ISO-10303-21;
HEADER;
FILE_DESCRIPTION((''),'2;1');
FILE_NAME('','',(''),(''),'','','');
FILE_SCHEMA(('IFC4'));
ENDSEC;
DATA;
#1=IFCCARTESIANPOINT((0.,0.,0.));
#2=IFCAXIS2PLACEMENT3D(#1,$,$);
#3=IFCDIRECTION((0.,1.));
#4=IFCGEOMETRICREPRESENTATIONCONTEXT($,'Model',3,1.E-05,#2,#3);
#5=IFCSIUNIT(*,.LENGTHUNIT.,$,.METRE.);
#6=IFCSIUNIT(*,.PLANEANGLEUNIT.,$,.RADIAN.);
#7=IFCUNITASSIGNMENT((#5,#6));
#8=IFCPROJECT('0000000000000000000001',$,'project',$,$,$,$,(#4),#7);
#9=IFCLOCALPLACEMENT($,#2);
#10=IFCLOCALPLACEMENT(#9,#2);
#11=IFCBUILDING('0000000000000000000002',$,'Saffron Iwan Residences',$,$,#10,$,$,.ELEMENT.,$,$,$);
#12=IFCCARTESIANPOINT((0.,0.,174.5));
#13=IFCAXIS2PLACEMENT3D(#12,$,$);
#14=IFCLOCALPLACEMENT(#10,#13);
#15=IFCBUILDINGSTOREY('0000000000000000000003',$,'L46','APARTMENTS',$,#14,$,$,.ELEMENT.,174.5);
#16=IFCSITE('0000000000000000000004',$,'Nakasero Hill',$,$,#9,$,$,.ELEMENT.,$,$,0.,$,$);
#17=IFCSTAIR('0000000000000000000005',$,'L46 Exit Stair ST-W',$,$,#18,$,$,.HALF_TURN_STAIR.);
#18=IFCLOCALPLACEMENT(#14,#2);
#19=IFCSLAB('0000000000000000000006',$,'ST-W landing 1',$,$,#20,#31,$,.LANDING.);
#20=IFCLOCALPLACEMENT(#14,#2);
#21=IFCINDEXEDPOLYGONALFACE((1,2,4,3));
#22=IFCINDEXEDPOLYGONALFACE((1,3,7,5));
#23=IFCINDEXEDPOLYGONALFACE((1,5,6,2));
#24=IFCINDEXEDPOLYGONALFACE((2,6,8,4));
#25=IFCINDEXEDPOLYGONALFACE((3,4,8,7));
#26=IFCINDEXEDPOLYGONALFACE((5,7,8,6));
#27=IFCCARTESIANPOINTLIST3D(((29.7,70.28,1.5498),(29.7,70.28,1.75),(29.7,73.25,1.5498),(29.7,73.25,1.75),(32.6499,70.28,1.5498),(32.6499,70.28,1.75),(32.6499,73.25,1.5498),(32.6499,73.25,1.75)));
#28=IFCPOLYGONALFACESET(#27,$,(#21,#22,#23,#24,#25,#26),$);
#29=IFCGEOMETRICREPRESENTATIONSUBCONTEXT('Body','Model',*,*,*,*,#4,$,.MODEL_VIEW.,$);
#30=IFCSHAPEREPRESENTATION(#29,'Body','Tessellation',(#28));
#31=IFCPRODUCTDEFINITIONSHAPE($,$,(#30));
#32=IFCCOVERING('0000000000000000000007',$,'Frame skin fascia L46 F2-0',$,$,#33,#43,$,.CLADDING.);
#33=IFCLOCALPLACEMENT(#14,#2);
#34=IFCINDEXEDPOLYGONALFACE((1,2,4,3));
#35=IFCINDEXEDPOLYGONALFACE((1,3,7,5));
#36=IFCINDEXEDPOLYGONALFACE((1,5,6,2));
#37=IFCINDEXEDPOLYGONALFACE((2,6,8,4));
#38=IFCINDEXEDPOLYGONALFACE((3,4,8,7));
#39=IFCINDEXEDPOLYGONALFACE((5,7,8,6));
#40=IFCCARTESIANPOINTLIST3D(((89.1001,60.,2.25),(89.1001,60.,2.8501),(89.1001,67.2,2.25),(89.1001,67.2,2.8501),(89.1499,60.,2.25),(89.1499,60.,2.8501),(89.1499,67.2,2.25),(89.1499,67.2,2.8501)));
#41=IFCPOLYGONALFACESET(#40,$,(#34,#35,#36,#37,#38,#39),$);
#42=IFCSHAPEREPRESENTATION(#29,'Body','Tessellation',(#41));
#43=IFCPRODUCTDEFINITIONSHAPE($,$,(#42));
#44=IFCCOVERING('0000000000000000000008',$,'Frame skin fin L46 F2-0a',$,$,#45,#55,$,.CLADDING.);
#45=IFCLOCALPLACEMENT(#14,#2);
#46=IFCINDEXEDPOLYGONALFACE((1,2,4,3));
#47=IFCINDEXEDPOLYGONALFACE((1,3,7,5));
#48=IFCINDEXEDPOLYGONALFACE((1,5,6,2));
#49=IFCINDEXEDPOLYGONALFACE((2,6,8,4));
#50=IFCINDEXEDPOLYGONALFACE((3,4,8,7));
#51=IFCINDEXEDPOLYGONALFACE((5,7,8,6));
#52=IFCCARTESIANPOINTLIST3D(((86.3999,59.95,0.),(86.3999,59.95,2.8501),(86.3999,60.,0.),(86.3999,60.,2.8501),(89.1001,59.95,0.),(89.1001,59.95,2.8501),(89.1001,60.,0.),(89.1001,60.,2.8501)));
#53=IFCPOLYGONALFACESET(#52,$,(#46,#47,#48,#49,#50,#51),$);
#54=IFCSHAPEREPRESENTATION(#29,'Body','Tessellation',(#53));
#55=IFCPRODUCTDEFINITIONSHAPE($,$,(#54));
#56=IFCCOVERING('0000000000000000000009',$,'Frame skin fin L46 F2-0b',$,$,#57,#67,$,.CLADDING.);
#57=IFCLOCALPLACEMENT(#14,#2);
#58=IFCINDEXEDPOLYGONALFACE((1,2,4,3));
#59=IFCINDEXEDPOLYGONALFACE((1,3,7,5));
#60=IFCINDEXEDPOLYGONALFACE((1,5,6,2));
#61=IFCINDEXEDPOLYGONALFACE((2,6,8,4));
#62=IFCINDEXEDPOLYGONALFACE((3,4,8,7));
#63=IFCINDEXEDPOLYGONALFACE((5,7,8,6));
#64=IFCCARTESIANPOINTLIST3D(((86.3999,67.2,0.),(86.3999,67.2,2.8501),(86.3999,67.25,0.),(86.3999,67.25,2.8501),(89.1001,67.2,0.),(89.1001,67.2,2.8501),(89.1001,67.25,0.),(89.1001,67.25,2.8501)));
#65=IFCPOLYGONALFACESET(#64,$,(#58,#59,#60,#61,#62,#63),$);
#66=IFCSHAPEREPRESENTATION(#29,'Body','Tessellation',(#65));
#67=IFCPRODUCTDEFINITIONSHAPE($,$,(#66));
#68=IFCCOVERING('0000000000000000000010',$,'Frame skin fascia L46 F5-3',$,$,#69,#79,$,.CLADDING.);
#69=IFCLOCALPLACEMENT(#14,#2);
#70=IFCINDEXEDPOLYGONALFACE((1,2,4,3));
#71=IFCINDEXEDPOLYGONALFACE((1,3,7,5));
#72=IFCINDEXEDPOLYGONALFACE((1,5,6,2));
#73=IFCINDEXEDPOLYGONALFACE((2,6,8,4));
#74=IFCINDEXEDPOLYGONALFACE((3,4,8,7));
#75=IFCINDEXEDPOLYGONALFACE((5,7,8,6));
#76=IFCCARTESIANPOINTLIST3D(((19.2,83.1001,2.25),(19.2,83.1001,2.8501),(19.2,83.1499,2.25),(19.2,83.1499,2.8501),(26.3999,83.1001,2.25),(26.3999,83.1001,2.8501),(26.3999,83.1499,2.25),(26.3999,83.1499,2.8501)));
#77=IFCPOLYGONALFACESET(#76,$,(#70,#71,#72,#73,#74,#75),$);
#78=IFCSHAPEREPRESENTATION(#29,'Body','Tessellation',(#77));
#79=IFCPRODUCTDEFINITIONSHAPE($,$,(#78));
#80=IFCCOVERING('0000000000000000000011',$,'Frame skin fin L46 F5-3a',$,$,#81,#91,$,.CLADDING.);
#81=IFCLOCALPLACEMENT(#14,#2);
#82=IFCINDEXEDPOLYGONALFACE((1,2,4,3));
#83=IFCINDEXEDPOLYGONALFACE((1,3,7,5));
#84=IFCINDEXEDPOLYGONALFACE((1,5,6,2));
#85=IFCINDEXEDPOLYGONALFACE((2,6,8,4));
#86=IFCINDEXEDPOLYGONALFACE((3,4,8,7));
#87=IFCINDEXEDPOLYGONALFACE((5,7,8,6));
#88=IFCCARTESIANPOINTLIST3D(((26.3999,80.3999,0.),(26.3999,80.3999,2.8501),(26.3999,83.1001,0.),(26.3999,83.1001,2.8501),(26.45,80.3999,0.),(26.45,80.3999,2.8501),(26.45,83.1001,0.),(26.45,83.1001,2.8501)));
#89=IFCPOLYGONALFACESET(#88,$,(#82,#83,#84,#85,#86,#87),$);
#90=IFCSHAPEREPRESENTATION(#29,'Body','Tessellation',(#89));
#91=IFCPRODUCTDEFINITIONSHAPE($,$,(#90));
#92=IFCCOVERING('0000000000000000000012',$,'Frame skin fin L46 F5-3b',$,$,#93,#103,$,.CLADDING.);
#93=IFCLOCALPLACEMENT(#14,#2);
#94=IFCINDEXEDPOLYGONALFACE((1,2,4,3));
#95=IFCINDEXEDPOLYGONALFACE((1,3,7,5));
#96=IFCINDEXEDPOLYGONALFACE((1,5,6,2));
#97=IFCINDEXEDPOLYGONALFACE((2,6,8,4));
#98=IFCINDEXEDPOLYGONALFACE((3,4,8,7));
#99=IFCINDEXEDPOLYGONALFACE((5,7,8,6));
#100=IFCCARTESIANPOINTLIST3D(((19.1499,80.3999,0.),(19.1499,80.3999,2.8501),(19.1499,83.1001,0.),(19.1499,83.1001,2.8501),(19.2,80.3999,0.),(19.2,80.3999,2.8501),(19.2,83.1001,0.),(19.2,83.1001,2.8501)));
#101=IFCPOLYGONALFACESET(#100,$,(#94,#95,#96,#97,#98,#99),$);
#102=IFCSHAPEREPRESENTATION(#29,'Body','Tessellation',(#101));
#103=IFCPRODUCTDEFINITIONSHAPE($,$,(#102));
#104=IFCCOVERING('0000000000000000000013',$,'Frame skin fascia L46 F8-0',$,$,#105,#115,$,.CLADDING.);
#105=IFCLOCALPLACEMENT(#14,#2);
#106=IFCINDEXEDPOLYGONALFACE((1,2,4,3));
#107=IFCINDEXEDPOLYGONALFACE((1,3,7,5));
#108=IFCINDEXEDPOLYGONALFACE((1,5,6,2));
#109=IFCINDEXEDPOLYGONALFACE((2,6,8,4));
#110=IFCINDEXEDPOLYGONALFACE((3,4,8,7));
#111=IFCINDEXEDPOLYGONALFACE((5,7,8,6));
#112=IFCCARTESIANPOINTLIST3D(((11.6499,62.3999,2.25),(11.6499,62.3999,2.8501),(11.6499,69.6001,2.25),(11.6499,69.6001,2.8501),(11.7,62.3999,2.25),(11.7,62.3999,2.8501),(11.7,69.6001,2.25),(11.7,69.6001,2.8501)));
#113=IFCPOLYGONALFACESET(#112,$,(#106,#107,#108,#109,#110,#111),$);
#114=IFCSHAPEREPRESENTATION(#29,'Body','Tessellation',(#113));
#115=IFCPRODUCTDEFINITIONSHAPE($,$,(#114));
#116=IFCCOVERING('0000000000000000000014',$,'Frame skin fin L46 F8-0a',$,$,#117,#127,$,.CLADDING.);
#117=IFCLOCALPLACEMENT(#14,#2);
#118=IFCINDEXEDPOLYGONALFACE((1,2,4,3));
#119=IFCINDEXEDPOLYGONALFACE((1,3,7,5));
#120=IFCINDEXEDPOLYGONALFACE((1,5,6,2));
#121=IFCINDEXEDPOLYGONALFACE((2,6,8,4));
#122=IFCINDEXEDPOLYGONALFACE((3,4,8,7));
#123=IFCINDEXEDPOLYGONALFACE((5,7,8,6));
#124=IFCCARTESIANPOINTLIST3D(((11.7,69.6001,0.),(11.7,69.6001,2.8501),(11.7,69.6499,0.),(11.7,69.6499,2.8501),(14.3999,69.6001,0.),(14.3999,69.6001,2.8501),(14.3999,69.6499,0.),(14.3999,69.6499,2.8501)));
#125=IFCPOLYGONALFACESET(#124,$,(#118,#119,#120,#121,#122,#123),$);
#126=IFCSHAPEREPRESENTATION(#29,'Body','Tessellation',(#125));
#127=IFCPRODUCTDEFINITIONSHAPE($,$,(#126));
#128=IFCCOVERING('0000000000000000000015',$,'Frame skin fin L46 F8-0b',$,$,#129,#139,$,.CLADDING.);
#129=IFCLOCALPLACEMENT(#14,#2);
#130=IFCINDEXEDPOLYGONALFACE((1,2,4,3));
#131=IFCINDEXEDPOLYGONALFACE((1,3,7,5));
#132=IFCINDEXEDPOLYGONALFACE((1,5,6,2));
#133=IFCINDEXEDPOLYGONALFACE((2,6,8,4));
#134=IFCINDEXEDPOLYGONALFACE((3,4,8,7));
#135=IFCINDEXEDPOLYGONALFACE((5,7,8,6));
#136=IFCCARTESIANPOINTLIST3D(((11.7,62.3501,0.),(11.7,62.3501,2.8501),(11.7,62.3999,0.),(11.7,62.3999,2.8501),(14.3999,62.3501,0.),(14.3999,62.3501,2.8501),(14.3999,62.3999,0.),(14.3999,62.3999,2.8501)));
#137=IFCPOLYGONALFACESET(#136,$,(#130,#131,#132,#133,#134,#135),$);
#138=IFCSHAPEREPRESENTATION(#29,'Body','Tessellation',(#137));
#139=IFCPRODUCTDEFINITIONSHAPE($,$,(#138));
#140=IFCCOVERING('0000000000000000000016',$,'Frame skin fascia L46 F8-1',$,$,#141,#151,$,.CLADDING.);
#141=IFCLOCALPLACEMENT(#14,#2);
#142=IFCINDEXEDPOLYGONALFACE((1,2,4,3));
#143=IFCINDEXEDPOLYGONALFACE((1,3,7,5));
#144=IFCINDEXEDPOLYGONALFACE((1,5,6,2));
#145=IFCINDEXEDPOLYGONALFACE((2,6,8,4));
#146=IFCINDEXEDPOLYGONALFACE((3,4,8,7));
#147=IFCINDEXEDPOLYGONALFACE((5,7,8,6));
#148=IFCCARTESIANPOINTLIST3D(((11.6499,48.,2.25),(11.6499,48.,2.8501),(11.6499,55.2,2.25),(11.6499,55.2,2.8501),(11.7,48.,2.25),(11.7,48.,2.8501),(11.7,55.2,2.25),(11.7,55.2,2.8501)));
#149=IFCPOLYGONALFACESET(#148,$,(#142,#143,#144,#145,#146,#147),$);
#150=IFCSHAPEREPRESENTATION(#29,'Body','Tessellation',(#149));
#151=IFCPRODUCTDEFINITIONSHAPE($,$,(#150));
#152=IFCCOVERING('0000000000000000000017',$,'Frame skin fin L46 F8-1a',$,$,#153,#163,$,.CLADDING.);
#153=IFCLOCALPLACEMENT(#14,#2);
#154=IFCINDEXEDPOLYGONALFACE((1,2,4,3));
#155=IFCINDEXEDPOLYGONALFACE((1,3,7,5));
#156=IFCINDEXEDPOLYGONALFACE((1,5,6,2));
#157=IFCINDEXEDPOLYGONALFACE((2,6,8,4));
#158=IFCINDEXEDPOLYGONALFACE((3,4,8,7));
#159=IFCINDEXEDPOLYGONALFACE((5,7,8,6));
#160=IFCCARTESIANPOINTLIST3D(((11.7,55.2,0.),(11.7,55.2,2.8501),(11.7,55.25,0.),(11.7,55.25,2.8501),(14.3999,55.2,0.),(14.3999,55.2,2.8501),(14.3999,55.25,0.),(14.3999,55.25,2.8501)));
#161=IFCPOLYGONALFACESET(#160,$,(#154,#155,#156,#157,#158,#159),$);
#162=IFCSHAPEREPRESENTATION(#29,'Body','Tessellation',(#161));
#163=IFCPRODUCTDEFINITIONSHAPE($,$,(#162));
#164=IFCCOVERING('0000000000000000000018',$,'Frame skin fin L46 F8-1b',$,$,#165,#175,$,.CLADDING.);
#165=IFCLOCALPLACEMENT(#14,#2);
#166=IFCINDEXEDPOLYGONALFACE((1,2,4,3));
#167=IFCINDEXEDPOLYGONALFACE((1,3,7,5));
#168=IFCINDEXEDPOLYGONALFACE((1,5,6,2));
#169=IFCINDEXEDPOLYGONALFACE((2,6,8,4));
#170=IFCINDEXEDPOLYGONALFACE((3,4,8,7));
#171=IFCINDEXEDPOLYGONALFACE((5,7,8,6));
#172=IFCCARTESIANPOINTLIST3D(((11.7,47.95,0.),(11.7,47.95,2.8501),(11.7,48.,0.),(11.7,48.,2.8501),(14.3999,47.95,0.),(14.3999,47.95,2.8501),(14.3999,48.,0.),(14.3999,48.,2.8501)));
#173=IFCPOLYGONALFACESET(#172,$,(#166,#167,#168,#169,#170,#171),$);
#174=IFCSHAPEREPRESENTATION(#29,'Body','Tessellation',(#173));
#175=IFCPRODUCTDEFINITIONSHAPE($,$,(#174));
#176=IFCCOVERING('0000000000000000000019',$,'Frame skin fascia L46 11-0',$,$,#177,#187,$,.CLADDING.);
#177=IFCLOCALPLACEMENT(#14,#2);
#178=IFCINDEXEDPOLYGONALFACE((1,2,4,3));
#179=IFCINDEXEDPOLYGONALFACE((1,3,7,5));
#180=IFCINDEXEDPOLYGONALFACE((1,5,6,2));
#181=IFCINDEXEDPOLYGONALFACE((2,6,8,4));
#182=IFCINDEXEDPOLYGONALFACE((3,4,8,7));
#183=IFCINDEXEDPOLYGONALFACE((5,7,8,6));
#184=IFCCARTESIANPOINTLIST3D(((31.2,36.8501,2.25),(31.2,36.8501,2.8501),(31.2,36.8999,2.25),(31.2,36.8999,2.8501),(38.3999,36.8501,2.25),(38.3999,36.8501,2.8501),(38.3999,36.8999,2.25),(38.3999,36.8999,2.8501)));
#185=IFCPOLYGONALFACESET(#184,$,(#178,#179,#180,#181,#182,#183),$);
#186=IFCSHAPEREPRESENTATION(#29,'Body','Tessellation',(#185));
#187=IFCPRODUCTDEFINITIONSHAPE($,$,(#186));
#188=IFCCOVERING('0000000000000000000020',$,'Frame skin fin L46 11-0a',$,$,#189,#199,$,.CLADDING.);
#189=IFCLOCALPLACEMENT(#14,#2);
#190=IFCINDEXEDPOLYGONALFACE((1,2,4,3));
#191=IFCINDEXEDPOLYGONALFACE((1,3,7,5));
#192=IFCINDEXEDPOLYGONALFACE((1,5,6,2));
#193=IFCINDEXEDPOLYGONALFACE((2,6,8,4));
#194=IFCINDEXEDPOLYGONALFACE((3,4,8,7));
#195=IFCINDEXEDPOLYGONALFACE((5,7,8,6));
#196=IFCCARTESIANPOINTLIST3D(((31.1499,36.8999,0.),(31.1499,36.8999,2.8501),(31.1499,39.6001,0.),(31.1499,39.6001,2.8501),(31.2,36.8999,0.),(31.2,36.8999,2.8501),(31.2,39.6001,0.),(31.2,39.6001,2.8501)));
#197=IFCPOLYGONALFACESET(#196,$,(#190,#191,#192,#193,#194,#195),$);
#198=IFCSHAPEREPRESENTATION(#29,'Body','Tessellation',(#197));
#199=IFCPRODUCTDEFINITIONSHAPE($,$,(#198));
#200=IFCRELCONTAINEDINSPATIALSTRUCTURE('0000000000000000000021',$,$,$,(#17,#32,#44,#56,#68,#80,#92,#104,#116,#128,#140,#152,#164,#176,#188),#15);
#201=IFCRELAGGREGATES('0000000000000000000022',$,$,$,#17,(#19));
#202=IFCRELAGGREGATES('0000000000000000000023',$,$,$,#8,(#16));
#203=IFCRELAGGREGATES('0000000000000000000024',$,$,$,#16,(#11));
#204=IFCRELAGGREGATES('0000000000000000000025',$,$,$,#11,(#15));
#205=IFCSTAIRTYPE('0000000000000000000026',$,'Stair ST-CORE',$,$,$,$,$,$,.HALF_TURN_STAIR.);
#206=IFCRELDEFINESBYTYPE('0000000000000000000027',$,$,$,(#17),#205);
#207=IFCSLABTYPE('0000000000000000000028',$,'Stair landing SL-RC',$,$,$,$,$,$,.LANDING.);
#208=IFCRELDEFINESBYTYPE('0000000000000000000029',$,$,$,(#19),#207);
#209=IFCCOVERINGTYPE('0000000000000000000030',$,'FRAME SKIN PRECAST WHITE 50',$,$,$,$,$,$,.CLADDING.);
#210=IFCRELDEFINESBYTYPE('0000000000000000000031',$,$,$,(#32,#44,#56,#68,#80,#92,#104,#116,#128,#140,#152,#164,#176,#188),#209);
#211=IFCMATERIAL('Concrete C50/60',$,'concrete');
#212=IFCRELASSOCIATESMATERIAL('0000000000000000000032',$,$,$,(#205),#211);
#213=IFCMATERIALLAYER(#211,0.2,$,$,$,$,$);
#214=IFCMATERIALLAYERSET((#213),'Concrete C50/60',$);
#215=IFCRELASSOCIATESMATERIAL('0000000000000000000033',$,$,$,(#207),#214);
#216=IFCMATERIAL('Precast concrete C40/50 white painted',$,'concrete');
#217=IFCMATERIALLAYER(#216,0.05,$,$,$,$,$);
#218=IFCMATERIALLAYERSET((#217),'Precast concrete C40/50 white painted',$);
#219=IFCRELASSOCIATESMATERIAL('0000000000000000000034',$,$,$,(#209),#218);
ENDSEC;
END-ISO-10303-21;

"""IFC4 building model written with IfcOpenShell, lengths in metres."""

from ifc_helpers import new_model, si_unit, direction, frame, origin, place, context, subcontext, project, spatial, polyline, outline, extrude, material, layer, layer_set, type_object, element, aggregate, save


model = new_model("IFC4")

# Units and contexts
model_context = context("Model", 3, precision=1e-05, world=origin(), true_north=direction((0.0, 1.0)))
body_context = subcontext(model_context, "Body", "Model", "MODEL_VIEW")
ifc_project = project(units=[si_unit("LENGTHUNIT", "METRE"), si_unit("PLANEANGLEUNIT", "RADIAN")], contexts=[model_context])

# Site, building, storey
site_placement = place(None, origin())
site = spatial("IfcSite", under=ifc_project, at=site_placement, Name="Nakasero Hill", CompositionType="ELEMENT", RefElevation=0.0)
building_placement = place(site_placement, origin())
building = spatial("IfcBuilding", under=site, at=building_placement, Name="Saffron Iwan Residences", CompositionType="ELEMENT")
storey_placement = place(building_placement, frame((0.0, 0.0, 174.5)))
storey = spatial("IfcBuildingStorey", under=building, at=storey_placement, Name="L46", Description="APARTMENTS", CompositionType="ELEMENT", Elevation=174.5)

# Stair, slab
ifc_material_1 = material(Name="Concrete C50/60", Category="concrete")
stair_type = type_object("IfcStairType", Name="Stair ST-CORE", PredefinedType="HALF_TURN_STAIR", material=ifc_material_1)
stair_placement = place(storey_placement, origin())
stair = element("IfcStair", 1, at=stair_placement, inside=storey, type_object=stair_type, Name="L46 Exit Stair ST-W", PredefinedType="HALF_TURN_STAIR")
ifc_layer_1 = layer(ifc_material_1, 0.2)
ifc_layer_set_1 = layer_set([ifc_layer_1], Name="Concrete C50/60")
slab_type = type_object("IfcSlabType", Name="Stair landing SL-RC", PredefinedType="LANDING", material=ifc_layer_set_1)
slab_placement = place(storey_placement, frame((0.0, 0.0, 1.5498)))
slab = element("IfcSlab", 2, at=slab_placement, type_object=slab_type, Name="ST-W landing 1", PredefinedType="LANDING", context=body_context, shape_type="SweptSolid", body=[
    extrude(outline(polyline([(32.6499, 70.28), (32.6499, 73.25), (29.7, 73.25), (29.7, 70.28), (32.6499, 70.28)])), origin(), (0.0, 0.0, 1.0), 0.2002),
])
aggregate(stair, [slab])

# Coverings
ifc_material_2 = material(Name="Precast concrete C40/50 white painted", Category="concrete")
ifc_layer_2 = layer(ifc_material_2, 0.05)
ifc_layer_set_2 = layer_set([ifc_layer_2], Name="Precast concrete C40/50 white painted")
covering_type_1 = type_object("IfcCoveringType", Name="FRAME SKIN PRECAST WHITE 50", PredefinedType="CLADDING", material=ifc_layer_set_2)
covering_1_placement = place(storey_placement, frame((0.0, 0.0, 2.25)))
element("IfcCovering", 3, at=covering_1_placement, inside=storey, type_object=covering_type_1, Name="Frame skin fascia L46 F2-0", PredefinedType="CLADDING", context=body_context, shape_type="SweptSolid", body=[
    extrude(outline(polyline([(89.1499, 60.0), (89.1499, 67.2), (89.1001, 67.2), (89.1001, 60.0), (89.1499, 60.0)])), origin(), (0.0, 0.0, 1.0), 0.6001),
])
covering_2_placement = place(storey_placement, origin())
element("IfcCovering", 4, at=covering_2_placement, inside=storey, type_object=covering_type_1, Name="Frame skin fin L46 F2-0a", PredefinedType="CLADDING", context=body_context, shape_type="SweptSolid", body=[
    extrude(outline(polyline([(89.1001, 59.95), (89.1001, 60.0), (86.3999, 60.0), (86.3999, 59.95), (89.1001, 59.95)])), origin(), (0.0, 0.0, 1.0), 2.8501),
])
covering_3_placement = place(storey_placement, origin())
element("IfcCovering", 5, at=covering_3_placement, inside=storey, type_object=covering_type_1, Name="Frame skin fin L46 F2-0b", PredefinedType="CLADDING", context=body_context, shape_type="SweptSolid", body=[
    extrude(outline(polyline([(89.1001, 67.2), (89.1001, 67.25), (86.3999, 67.25), (86.3999, 67.2), (89.1001, 67.2)])), origin(), (0.0, 0.0, 1.0), 2.8501),
])
covering_4_placement = place(storey_placement, frame((0.0, 0.0, 2.25)))
element("IfcCovering", 6, at=covering_4_placement, inside=storey, type_object=covering_type_1, Name="Frame skin fascia L46 F5-3", PredefinedType="CLADDING", context=body_context, shape_type="SweptSolid", body=[
    extrude(outline(polyline([(26.3999, 83.1499), (19.2, 83.1499), (19.2, 83.1001), (26.3999, 83.1001), (26.3999, 83.1499)])), origin(), (0.0, 0.0, 1.0), 0.6001),
])
covering_5_placement = place(storey_placement, origin())
element("IfcCovering", 7, at=covering_5_placement, inside=storey, type_object=covering_type_1, Name="Frame skin fin L46 F5-3a", PredefinedType="CLADDING", context=body_context, shape_type="SweptSolid", body=[
    extrude(outline(polyline([(26.45, 83.1001), (26.3999, 83.1001), (26.3999, 80.3999), (26.45, 80.3999), (26.45, 83.1001)])), origin(), (0.0, 0.0, 1.0), 2.8501),
])
covering_6_placement = place(storey_placement, origin())
element("IfcCovering", 8, at=covering_6_placement, inside=storey, type_object=covering_type_1, Name="Frame skin fin L46 F5-3b", PredefinedType="CLADDING", context=body_context, shape_type="SweptSolid", body=[
    extrude(outline(polyline([(19.2, 83.1001), (19.1499, 83.1001), (19.1499, 80.3999), (19.2, 80.3999), (19.2, 83.1001)])), origin(), (0.0, 0.0, 1.0), 2.8501),
])
covering_7_placement = place(storey_placement, frame((0.0, 0.0, 2.25)))
element("IfcCovering", 9, at=covering_7_placement, inside=storey, type_object=covering_type_1, Name="Frame skin fascia L46 F8-0", PredefinedType="CLADDING", context=body_context, shape_type="SweptSolid", body=[
    extrude(outline(polyline([(11.6499, 69.6001), (11.6499, 62.3999), (11.7, 62.3999), (11.7, 69.6001), (11.6499, 69.6001)])), origin(), (0.0, 0.0, 1.0), 0.6001),
])
covering_8_placement = place(storey_placement, origin())
element("IfcCovering", 10, at=covering_8_placement, inside=storey, type_object=covering_type_1, Name="Frame skin fin L46 F8-0a", PredefinedType="CLADDING", context=body_context, shape_type="SweptSolid", body=[
    extrude(outline(polyline([(11.7, 69.6499), (11.7, 69.6001), (14.3999, 69.6001), (14.3999, 69.6499), (11.7, 69.6499)])), origin(), (0.0, 0.0, 1.0), 2.8501),
])
covering_9_placement = place(storey_placement, origin())
element("IfcCovering", 11, at=covering_9_placement, inside=storey, type_object=covering_type_1, Name="Frame skin fin L46 F8-0b", PredefinedType="CLADDING", context=body_context, shape_type="SweptSolid", body=[
    extrude(outline(polyline([(11.7, 62.3999), (11.7, 62.3501), (14.3999, 62.3501), (14.3999, 62.3999), (11.7, 62.3999)])), origin(), (0.0, 0.0, 1.0), 2.8501),
])
covering_10_placement = place(storey_placement, frame((0.0, 0.0, 2.25)))
element("IfcCovering", 12, at=covering_10_placement, inside=storey, type_object=covering_type_1, Name="Frame skin fascia L46 F8-1", PredefinedType="CLADDING", context=body_context, shape_type="SweptSolid", body=[
    extrude(outline(polyline([(11.6499, 55.2), (11.6499, 48.0), (11.7, 48.0), (11.7, 55.2), (11.6499, 55.2)])), origin(), (0.0, 0.0, 1.0), 0.6001),
])
covering_11_placement = place(storey_placement, origin())
element("IfcCovering", 13, at=covering_11_placement, inside=storey, type_object=covering_type_1, Name="Frame skin fin L46 F8-1a", PredefinedType="CLADDING", context=body_context, shape_type="SweptSolid", body=[
    extrude(outline(polyline([(11.7, 55.25), (11.7, 55.2), (14.3999, 55.2), (14.3999, 55.25), (11.7, 55.25)])), origin(), (0.0, 0.0, 1.0), 2.8501),
])
covering_12_placement = place(storey_placement, origin())
element("IfcCovering", 14, at=covering_12_placement, inside=storey, type_object=covering_type_1, Name="Frame skin fin L46 F8-1b", PredefinedType="CLADDING", context=body_context, shape_type="SweptSolid", body=[
    extrude(outline(polyline([(11.7, 48.0), (11.7, 47.95), (14.3999, 47.95), (14.3999, 48.0), (11.7, 48.0)])), origin(), (0.0, 0.0, 1.0), 2.8501),
])
covering_13_placement = place(storey_placement, frame((0.0, 0.0, 2.25)))
element("IfcCovering", 15, at=covering_13_placement, inside=storey, type_object=covering_type_1, Name="Frame skin fascia L46 11-0", PredefinedType="CLADDING", context=body_context, shape_type="SweptSolid", body=[
    extrude(outline(polyline([(31.2, 36.8501), (38.3999, 36.8501), (38.3999, 36.8999), (31.2, 36.8999), (31.2, 36.8501)])), origin(), (0.0, 0.0, 1.0), 0.6001),
])
covering_14_placement = place(storey_placement, origin())
element("IfcCovering", 16, at=covering_14_placement, inside=storey, type_object=covering_type_1, Name="Frame skin fin L46 11-0a", PredefinedType="CLADDING", context=body_context, shape_type="SweptSolid", body=[
    extrude(outline(polyline([(31.1499, 36.8999), (31.2, 36.8999), (31.2, 39.6001), (31.1499, 39.6001), (31.1499, 36.8999)])), origin(), (0.0, 0.0, 1.0), 2.8501),
])

save(model, "model.ifc")
